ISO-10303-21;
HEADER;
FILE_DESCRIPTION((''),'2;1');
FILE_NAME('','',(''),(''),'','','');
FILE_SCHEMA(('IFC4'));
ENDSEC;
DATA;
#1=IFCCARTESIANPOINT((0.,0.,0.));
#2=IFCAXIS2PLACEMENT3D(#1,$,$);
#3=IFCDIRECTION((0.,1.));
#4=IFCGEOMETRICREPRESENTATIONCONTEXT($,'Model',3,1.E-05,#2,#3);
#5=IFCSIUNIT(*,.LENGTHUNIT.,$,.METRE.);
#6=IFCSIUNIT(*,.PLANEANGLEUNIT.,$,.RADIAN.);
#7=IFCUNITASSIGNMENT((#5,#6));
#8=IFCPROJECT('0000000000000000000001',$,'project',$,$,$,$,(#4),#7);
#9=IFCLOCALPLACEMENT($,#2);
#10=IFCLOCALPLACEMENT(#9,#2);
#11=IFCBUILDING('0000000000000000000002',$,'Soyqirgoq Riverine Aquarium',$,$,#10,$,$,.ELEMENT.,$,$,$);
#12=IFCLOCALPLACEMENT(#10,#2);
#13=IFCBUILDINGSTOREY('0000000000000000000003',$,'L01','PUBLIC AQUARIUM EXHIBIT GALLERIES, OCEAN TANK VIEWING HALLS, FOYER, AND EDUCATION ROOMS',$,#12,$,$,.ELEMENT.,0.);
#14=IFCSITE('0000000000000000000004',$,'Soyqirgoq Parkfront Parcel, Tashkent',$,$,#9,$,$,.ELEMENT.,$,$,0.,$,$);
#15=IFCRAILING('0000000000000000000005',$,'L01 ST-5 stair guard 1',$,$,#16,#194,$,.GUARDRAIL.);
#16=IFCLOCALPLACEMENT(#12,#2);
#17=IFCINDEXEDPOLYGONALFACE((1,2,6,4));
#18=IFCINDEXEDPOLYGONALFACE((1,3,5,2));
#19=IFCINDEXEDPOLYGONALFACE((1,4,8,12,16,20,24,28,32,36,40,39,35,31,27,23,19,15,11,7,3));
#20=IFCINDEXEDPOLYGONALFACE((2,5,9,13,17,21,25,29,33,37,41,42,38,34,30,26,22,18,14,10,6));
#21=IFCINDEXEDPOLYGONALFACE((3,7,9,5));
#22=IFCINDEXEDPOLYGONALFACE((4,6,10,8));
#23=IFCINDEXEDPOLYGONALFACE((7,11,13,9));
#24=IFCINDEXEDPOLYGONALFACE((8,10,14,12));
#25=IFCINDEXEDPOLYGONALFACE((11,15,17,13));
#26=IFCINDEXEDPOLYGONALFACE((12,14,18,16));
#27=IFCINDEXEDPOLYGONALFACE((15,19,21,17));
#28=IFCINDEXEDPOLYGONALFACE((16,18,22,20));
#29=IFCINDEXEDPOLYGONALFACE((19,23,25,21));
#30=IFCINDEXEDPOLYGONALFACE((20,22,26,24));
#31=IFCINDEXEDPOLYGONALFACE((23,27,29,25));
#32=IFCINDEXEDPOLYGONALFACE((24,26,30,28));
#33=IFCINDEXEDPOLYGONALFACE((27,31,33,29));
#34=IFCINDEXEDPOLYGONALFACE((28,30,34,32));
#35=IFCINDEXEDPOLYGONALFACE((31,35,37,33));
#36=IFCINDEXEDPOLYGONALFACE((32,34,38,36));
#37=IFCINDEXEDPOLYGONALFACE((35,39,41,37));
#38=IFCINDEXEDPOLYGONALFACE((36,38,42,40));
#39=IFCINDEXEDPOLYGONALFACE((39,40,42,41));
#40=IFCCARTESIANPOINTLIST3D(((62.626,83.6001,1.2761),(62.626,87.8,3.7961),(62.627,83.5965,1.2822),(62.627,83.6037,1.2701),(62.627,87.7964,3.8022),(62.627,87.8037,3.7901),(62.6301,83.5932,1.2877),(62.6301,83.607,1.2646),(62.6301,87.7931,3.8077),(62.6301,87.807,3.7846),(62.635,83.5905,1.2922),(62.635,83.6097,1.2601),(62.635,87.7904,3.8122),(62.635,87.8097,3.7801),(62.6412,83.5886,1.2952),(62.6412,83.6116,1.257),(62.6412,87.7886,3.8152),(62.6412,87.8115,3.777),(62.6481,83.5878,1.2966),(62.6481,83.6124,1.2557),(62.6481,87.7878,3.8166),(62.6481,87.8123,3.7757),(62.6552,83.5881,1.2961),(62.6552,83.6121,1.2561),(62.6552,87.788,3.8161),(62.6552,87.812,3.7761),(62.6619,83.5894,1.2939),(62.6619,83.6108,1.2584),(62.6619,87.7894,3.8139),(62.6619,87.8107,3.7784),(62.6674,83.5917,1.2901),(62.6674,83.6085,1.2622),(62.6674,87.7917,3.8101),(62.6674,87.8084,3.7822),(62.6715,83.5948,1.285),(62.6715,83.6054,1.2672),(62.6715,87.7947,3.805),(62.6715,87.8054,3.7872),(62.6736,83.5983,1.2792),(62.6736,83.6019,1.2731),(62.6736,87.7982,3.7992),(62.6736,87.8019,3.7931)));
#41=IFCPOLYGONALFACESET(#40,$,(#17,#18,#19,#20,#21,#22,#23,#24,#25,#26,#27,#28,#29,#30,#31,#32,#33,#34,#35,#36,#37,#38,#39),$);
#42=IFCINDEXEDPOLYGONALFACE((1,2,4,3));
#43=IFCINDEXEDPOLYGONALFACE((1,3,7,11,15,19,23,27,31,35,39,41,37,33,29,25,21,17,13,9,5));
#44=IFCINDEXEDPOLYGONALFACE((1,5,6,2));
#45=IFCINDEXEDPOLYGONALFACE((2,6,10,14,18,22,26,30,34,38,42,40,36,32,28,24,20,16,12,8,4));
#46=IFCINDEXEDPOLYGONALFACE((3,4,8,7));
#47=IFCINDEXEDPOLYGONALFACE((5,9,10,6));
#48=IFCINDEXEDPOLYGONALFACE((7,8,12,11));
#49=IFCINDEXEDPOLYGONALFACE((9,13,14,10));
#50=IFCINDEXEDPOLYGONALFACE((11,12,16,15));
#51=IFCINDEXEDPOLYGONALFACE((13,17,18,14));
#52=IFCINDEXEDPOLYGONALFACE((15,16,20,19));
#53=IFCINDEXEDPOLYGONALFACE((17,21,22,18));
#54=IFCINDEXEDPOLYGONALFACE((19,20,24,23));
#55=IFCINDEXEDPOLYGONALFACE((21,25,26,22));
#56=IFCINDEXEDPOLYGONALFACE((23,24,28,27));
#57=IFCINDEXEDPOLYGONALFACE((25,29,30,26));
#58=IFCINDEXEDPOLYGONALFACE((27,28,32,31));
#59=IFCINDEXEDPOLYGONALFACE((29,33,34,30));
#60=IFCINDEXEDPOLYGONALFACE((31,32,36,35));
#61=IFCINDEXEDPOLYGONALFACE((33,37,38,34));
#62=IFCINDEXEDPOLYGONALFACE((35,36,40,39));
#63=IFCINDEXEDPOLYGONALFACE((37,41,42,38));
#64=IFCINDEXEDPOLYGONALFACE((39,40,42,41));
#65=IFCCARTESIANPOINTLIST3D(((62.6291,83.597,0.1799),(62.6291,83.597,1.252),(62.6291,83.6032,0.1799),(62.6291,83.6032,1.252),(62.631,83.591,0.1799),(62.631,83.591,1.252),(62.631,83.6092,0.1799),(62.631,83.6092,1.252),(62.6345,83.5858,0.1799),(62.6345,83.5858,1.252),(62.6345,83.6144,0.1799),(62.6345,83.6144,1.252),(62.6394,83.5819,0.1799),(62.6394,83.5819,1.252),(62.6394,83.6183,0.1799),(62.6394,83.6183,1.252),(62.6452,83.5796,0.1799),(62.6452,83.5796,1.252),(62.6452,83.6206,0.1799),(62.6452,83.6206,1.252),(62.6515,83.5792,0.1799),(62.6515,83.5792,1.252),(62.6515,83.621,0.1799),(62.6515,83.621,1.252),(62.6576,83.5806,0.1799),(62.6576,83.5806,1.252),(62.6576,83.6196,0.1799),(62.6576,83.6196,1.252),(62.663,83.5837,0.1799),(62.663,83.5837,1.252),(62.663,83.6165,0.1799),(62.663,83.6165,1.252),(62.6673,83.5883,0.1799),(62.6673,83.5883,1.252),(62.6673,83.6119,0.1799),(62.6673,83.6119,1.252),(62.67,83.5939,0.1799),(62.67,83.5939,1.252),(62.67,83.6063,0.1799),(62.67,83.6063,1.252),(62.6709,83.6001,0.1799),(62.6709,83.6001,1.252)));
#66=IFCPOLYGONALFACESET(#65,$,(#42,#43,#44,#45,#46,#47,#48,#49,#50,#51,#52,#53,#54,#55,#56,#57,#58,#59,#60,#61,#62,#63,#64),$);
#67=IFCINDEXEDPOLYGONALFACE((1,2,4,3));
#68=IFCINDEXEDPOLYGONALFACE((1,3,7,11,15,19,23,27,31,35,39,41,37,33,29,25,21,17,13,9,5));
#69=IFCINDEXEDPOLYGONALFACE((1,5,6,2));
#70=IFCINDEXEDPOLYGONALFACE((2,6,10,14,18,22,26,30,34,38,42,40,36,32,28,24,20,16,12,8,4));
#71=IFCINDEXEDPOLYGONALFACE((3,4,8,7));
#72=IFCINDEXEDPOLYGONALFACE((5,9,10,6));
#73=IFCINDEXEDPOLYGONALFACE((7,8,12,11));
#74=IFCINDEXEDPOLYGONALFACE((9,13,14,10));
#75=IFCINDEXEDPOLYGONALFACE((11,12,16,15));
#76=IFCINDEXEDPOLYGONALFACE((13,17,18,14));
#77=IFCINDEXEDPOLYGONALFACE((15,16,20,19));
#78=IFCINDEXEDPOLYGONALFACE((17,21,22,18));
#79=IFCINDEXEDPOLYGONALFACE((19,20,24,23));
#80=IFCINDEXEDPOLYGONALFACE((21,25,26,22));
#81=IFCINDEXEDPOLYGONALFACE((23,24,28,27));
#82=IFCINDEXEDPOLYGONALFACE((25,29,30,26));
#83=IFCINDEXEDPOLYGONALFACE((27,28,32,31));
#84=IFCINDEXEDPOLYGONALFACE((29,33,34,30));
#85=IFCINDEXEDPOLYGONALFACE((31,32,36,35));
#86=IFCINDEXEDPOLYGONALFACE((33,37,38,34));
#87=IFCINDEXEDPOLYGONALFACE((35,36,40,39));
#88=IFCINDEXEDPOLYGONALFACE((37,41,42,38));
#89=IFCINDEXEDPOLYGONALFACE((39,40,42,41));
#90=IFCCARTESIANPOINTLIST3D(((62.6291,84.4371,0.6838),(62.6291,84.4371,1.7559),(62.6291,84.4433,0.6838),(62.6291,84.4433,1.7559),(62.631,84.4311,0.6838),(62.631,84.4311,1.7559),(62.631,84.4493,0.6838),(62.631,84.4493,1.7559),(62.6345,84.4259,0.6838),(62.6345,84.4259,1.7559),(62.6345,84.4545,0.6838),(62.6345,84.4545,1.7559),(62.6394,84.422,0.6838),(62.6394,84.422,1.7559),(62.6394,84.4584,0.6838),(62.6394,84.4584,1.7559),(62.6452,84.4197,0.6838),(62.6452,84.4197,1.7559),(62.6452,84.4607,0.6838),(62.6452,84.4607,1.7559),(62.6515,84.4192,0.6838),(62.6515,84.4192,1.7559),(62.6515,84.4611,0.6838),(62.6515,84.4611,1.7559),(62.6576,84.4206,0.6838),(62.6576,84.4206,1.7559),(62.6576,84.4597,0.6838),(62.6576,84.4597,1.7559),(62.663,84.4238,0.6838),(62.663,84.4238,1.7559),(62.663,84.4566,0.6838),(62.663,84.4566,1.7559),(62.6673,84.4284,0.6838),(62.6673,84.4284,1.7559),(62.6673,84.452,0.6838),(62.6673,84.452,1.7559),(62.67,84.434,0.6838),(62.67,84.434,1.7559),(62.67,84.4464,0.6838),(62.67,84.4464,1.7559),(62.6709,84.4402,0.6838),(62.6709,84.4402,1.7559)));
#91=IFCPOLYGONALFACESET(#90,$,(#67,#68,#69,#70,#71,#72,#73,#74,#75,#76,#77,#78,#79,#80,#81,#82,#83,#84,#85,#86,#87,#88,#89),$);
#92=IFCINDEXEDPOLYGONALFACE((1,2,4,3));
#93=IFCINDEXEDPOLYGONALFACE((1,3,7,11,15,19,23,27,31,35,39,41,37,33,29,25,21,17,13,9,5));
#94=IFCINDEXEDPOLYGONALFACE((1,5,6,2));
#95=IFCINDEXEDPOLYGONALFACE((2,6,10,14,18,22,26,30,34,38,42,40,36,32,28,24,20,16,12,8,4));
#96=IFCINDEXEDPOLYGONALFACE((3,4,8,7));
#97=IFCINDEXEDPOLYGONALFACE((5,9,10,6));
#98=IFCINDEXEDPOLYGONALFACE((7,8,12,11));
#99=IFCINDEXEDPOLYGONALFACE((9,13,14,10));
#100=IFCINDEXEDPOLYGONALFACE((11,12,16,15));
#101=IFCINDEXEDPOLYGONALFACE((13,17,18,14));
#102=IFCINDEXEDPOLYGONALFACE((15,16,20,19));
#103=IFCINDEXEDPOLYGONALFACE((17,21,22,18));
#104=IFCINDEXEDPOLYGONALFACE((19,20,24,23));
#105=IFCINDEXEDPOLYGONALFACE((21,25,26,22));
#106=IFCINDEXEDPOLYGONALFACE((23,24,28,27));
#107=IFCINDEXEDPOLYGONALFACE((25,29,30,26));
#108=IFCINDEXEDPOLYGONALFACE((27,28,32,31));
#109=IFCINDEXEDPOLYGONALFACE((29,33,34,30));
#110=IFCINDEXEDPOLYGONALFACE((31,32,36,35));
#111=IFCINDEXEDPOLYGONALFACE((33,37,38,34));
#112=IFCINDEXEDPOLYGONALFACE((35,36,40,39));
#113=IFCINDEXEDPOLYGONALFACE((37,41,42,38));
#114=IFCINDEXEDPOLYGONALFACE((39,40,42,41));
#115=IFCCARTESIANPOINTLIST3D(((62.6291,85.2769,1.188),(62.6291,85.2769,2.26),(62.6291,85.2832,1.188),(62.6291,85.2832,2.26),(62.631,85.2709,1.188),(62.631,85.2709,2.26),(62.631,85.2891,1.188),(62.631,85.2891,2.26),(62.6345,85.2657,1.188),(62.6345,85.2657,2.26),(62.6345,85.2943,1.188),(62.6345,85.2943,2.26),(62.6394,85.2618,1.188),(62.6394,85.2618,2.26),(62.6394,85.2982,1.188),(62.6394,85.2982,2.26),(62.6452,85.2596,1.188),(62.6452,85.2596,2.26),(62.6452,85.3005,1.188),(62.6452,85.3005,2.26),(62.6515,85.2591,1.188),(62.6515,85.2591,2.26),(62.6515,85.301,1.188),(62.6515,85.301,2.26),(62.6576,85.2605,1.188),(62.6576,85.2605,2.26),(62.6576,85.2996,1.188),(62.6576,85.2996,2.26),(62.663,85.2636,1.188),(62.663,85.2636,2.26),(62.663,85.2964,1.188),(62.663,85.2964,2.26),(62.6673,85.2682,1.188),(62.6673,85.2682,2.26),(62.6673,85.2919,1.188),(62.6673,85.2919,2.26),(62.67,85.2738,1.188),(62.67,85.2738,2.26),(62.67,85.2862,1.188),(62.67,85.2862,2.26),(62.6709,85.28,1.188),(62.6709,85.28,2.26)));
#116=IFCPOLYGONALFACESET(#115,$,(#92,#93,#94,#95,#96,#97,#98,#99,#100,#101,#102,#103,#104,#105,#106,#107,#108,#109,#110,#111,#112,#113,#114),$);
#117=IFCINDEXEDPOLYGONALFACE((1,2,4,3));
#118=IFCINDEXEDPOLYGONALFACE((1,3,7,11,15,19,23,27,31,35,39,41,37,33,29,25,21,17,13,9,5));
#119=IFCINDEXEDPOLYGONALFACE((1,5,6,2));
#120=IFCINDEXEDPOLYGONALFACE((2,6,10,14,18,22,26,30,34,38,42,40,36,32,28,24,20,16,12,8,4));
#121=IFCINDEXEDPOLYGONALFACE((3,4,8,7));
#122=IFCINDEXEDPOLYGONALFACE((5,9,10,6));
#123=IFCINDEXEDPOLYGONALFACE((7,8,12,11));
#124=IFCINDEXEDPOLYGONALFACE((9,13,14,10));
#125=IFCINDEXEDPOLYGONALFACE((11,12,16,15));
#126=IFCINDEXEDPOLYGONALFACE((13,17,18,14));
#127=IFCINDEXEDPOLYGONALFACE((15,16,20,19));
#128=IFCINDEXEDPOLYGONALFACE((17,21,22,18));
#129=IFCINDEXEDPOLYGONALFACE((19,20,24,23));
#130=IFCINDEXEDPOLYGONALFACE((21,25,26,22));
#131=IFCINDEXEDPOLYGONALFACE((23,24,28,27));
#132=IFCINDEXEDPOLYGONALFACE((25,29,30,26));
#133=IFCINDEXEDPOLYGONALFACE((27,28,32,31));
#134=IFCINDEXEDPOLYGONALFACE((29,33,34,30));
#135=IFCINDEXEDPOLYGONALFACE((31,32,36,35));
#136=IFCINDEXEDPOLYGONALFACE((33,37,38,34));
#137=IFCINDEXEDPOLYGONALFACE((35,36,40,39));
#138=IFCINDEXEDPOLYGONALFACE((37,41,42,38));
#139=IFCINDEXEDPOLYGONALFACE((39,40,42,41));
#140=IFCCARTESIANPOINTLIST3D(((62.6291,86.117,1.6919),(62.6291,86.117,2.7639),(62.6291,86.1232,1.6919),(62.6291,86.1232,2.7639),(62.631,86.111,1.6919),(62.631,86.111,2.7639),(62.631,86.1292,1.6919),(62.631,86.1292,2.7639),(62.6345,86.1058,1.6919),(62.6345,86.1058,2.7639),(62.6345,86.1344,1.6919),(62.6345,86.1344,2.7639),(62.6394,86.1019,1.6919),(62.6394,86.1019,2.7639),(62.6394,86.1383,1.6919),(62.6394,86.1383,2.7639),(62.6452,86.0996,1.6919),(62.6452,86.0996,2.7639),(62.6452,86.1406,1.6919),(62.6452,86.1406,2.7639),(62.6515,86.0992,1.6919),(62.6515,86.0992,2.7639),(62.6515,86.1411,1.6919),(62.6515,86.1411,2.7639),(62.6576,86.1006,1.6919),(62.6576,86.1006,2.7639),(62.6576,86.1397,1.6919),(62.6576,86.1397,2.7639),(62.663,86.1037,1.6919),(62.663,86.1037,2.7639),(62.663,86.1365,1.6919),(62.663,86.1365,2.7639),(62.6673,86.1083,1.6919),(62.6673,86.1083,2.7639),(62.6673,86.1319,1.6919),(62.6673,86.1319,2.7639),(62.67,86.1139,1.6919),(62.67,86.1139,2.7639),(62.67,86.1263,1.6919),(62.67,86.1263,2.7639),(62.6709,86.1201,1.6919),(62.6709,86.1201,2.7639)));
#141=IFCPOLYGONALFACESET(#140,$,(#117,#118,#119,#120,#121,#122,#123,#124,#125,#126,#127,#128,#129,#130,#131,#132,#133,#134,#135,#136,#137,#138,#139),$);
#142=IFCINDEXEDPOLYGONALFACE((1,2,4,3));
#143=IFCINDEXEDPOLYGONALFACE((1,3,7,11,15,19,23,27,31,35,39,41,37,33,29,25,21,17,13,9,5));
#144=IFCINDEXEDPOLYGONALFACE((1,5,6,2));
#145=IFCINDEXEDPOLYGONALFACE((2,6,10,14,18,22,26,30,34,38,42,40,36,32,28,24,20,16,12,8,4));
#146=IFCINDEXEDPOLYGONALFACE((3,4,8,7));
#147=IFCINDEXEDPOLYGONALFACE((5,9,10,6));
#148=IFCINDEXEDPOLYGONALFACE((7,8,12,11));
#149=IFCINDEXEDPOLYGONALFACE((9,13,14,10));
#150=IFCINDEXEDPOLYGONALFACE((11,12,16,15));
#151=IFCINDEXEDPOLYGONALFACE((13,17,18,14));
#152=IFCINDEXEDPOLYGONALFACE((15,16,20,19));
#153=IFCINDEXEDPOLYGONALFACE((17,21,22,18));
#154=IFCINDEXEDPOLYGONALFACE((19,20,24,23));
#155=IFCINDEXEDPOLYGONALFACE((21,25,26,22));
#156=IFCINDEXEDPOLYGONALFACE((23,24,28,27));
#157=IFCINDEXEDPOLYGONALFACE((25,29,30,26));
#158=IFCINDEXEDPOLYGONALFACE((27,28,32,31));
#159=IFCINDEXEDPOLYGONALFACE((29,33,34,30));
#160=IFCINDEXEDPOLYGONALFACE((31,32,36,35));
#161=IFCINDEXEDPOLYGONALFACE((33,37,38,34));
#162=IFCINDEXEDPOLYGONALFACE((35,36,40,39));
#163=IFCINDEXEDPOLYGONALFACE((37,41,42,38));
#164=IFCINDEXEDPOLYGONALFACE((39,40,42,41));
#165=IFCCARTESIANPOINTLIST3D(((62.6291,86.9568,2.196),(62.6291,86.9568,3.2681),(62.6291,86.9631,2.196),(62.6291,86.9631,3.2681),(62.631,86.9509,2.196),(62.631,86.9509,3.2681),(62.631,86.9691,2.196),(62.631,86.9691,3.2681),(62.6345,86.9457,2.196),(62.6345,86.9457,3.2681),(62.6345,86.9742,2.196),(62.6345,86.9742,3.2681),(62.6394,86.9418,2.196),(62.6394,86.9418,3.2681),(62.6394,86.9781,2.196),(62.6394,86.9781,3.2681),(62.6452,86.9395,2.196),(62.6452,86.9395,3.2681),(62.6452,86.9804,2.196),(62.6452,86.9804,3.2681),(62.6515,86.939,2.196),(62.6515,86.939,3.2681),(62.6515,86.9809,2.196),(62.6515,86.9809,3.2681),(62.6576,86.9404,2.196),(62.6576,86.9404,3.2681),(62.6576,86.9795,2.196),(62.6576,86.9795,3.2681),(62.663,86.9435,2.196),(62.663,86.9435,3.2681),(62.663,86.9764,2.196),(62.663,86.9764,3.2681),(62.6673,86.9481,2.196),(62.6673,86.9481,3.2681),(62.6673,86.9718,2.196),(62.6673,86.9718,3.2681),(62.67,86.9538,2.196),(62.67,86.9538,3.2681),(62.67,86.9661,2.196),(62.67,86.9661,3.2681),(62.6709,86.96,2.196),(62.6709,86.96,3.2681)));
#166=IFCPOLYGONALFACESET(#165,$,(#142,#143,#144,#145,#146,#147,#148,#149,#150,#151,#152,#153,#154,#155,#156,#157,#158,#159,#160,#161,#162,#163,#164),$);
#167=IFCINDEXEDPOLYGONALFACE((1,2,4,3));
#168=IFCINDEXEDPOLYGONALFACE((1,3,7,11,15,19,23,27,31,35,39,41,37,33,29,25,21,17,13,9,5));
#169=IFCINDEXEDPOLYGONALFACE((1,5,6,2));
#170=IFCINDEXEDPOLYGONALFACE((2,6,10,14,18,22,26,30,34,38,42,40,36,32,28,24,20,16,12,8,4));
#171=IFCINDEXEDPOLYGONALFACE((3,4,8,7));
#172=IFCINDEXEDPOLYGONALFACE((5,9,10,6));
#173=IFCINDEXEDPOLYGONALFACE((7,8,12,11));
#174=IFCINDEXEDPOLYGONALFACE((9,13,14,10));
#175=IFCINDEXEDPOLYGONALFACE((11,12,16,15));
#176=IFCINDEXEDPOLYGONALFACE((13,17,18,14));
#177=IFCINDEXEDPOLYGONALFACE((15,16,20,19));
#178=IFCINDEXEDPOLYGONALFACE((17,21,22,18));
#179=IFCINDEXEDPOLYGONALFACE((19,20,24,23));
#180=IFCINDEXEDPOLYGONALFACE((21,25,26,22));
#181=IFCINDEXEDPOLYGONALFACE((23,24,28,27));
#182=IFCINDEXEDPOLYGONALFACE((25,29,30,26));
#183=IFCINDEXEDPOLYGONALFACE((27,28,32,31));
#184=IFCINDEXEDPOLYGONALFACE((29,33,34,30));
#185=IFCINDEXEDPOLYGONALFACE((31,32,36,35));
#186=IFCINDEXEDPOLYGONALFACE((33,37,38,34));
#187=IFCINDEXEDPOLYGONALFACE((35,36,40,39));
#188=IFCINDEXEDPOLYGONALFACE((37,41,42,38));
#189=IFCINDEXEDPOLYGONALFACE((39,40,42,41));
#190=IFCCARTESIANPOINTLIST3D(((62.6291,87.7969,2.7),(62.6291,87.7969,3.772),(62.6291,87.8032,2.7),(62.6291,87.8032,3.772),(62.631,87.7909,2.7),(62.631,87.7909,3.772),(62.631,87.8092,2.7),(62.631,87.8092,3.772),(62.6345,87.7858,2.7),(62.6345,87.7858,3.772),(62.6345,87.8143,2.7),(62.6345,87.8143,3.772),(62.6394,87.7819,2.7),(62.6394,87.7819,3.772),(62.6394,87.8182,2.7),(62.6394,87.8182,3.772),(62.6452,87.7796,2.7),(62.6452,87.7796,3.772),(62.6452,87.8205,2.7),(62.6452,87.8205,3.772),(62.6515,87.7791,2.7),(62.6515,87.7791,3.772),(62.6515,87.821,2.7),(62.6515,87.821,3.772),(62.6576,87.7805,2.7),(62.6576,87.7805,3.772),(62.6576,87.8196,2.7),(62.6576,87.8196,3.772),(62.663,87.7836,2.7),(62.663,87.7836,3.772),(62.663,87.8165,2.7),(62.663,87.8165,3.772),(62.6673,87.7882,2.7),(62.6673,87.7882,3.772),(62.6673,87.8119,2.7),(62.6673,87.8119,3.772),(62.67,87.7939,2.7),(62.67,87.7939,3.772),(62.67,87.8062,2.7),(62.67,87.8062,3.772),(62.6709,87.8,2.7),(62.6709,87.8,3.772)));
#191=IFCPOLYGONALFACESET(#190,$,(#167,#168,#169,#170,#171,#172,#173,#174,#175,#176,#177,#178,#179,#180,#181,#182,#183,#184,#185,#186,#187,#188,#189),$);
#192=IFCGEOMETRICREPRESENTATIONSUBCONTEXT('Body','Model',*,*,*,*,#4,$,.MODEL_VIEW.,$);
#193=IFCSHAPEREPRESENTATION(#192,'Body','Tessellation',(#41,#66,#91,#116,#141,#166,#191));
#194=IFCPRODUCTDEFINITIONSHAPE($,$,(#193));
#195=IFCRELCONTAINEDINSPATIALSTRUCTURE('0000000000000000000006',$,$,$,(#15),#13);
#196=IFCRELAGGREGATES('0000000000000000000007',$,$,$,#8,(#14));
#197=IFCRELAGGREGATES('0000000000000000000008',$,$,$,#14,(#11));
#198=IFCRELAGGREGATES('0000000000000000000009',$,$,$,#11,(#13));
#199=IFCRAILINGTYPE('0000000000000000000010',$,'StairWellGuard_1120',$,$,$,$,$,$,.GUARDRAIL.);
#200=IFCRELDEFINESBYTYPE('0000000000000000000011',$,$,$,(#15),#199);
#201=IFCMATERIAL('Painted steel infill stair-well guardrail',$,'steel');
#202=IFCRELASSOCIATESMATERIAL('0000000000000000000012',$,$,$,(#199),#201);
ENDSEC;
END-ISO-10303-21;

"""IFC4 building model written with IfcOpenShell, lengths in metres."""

from ifc_helpers import new_model, si_unit, direction, frame, origin, origin_2d, place, context, subcontext, project, spatial, circle, extrude, material, type_object, element, save


model = new_model("IFC4")

# Units and contexts
model_context = context("Model", 3, precision=1e-05, world=origin(), true_north=direction((0.0, 1.0)))
body_context = subcontext(model_context, "Body", "Model", "MODEL_VIEW")
ifc_project = project(units=[si_unit("LENGTHUNIT", "METRE"), si_unit("PLANEANGLEUNIT", "RADIAN")], contexts=[model_context])

# Site, building, storey
site_placement = place(None, origin())
site = spatial("IfcSite", under=ifc_project, at=site_placement, Name="Soyqirgoq Parkfront Parcel, Tashkent", CompositionType="ELEMENT", RefElevation=0.0)
building_placement = place(site_placement, origin())
building = spatial("IfcBuilding", under=site, at=building_placement, Name="Soyqirgoq Riverine Aquarium", CompositionType="ELEMENT")
storey_placement = place(building_placement, origin())
storey = spatial("IfcBuildingStorey", under=building, at=storey_placement, Name="L01", Description="PUBLIC AQUARIUM EXHIBIT GALLERIES, OCEAN TANK VIEWING HALLS, FOYER, AND EDUCATION ROOMS", CompositionType="ELEMENT", Elevation=0.0)

# Railing
ifc_material_1 = material(Name="Painted steel infill stair-well guardrail", Category="steel")
railing_type_1 = type_object("IfcRailingType", Name="StairWellGuard_1120", PredefinedType="GUARDRAIL", material=ifc_material_1)
railing_1_placement = place(storey_placement, frame((62.6499, 83.6001, 0.1799)))
element("IfcRailing", 1, at=railing_1_placement, inside=storey, type_object=railing_type_1, Name="L01 ST-5 stair guard 1", PredefinedType="GUARDRAIL", context=body_context, shape_type="SweptSolid", body=[
    extrude(circle(Radius=0.0239, at=origin_2d()), frame((0.0, 0.0, 1.0962), z_axis=(0.0, 0.857489, 0.514503), x_axis=(-1.0, 0.0, 0.0)), (0.0, 0.0, 1.0), 4.8979),
    extrude(circle(Radius=0.021, at=origin_2d()), origin(), (0.0, 0.0, 1.0), 1.072),
    extrude(circle(Radius=0.021, at=origin_2d()), frame((0.0, 0.8401, 0.5039)), (0.0, 0.0, 1.0), 1.072),
    extrude(circle(Radius=0.021, at=origin_2d()), frame((0.0, 1.6799, 1.0081)), (0.0, 0.0, 1.0), 1.072),
    extrude(circle(Radius=0.021, at=origin_2d()), frame((0.0, 2.52, 1.512)), (0.0, 0.0, 1.0), 1.072),
    extrude(circle(Radius=0.021, at=origin_2d()), frame((0.0, 3.3599, 2.0161)), (0.0, 0.0, 1.0), 1.072),
    extrude(circle(Radius=0.021, at=origin_2d()), frame((0.0, 4.2, 2.52)), (0.0, 0.0, 1.0), 1.072),
])

save(model, "model.ifc")
